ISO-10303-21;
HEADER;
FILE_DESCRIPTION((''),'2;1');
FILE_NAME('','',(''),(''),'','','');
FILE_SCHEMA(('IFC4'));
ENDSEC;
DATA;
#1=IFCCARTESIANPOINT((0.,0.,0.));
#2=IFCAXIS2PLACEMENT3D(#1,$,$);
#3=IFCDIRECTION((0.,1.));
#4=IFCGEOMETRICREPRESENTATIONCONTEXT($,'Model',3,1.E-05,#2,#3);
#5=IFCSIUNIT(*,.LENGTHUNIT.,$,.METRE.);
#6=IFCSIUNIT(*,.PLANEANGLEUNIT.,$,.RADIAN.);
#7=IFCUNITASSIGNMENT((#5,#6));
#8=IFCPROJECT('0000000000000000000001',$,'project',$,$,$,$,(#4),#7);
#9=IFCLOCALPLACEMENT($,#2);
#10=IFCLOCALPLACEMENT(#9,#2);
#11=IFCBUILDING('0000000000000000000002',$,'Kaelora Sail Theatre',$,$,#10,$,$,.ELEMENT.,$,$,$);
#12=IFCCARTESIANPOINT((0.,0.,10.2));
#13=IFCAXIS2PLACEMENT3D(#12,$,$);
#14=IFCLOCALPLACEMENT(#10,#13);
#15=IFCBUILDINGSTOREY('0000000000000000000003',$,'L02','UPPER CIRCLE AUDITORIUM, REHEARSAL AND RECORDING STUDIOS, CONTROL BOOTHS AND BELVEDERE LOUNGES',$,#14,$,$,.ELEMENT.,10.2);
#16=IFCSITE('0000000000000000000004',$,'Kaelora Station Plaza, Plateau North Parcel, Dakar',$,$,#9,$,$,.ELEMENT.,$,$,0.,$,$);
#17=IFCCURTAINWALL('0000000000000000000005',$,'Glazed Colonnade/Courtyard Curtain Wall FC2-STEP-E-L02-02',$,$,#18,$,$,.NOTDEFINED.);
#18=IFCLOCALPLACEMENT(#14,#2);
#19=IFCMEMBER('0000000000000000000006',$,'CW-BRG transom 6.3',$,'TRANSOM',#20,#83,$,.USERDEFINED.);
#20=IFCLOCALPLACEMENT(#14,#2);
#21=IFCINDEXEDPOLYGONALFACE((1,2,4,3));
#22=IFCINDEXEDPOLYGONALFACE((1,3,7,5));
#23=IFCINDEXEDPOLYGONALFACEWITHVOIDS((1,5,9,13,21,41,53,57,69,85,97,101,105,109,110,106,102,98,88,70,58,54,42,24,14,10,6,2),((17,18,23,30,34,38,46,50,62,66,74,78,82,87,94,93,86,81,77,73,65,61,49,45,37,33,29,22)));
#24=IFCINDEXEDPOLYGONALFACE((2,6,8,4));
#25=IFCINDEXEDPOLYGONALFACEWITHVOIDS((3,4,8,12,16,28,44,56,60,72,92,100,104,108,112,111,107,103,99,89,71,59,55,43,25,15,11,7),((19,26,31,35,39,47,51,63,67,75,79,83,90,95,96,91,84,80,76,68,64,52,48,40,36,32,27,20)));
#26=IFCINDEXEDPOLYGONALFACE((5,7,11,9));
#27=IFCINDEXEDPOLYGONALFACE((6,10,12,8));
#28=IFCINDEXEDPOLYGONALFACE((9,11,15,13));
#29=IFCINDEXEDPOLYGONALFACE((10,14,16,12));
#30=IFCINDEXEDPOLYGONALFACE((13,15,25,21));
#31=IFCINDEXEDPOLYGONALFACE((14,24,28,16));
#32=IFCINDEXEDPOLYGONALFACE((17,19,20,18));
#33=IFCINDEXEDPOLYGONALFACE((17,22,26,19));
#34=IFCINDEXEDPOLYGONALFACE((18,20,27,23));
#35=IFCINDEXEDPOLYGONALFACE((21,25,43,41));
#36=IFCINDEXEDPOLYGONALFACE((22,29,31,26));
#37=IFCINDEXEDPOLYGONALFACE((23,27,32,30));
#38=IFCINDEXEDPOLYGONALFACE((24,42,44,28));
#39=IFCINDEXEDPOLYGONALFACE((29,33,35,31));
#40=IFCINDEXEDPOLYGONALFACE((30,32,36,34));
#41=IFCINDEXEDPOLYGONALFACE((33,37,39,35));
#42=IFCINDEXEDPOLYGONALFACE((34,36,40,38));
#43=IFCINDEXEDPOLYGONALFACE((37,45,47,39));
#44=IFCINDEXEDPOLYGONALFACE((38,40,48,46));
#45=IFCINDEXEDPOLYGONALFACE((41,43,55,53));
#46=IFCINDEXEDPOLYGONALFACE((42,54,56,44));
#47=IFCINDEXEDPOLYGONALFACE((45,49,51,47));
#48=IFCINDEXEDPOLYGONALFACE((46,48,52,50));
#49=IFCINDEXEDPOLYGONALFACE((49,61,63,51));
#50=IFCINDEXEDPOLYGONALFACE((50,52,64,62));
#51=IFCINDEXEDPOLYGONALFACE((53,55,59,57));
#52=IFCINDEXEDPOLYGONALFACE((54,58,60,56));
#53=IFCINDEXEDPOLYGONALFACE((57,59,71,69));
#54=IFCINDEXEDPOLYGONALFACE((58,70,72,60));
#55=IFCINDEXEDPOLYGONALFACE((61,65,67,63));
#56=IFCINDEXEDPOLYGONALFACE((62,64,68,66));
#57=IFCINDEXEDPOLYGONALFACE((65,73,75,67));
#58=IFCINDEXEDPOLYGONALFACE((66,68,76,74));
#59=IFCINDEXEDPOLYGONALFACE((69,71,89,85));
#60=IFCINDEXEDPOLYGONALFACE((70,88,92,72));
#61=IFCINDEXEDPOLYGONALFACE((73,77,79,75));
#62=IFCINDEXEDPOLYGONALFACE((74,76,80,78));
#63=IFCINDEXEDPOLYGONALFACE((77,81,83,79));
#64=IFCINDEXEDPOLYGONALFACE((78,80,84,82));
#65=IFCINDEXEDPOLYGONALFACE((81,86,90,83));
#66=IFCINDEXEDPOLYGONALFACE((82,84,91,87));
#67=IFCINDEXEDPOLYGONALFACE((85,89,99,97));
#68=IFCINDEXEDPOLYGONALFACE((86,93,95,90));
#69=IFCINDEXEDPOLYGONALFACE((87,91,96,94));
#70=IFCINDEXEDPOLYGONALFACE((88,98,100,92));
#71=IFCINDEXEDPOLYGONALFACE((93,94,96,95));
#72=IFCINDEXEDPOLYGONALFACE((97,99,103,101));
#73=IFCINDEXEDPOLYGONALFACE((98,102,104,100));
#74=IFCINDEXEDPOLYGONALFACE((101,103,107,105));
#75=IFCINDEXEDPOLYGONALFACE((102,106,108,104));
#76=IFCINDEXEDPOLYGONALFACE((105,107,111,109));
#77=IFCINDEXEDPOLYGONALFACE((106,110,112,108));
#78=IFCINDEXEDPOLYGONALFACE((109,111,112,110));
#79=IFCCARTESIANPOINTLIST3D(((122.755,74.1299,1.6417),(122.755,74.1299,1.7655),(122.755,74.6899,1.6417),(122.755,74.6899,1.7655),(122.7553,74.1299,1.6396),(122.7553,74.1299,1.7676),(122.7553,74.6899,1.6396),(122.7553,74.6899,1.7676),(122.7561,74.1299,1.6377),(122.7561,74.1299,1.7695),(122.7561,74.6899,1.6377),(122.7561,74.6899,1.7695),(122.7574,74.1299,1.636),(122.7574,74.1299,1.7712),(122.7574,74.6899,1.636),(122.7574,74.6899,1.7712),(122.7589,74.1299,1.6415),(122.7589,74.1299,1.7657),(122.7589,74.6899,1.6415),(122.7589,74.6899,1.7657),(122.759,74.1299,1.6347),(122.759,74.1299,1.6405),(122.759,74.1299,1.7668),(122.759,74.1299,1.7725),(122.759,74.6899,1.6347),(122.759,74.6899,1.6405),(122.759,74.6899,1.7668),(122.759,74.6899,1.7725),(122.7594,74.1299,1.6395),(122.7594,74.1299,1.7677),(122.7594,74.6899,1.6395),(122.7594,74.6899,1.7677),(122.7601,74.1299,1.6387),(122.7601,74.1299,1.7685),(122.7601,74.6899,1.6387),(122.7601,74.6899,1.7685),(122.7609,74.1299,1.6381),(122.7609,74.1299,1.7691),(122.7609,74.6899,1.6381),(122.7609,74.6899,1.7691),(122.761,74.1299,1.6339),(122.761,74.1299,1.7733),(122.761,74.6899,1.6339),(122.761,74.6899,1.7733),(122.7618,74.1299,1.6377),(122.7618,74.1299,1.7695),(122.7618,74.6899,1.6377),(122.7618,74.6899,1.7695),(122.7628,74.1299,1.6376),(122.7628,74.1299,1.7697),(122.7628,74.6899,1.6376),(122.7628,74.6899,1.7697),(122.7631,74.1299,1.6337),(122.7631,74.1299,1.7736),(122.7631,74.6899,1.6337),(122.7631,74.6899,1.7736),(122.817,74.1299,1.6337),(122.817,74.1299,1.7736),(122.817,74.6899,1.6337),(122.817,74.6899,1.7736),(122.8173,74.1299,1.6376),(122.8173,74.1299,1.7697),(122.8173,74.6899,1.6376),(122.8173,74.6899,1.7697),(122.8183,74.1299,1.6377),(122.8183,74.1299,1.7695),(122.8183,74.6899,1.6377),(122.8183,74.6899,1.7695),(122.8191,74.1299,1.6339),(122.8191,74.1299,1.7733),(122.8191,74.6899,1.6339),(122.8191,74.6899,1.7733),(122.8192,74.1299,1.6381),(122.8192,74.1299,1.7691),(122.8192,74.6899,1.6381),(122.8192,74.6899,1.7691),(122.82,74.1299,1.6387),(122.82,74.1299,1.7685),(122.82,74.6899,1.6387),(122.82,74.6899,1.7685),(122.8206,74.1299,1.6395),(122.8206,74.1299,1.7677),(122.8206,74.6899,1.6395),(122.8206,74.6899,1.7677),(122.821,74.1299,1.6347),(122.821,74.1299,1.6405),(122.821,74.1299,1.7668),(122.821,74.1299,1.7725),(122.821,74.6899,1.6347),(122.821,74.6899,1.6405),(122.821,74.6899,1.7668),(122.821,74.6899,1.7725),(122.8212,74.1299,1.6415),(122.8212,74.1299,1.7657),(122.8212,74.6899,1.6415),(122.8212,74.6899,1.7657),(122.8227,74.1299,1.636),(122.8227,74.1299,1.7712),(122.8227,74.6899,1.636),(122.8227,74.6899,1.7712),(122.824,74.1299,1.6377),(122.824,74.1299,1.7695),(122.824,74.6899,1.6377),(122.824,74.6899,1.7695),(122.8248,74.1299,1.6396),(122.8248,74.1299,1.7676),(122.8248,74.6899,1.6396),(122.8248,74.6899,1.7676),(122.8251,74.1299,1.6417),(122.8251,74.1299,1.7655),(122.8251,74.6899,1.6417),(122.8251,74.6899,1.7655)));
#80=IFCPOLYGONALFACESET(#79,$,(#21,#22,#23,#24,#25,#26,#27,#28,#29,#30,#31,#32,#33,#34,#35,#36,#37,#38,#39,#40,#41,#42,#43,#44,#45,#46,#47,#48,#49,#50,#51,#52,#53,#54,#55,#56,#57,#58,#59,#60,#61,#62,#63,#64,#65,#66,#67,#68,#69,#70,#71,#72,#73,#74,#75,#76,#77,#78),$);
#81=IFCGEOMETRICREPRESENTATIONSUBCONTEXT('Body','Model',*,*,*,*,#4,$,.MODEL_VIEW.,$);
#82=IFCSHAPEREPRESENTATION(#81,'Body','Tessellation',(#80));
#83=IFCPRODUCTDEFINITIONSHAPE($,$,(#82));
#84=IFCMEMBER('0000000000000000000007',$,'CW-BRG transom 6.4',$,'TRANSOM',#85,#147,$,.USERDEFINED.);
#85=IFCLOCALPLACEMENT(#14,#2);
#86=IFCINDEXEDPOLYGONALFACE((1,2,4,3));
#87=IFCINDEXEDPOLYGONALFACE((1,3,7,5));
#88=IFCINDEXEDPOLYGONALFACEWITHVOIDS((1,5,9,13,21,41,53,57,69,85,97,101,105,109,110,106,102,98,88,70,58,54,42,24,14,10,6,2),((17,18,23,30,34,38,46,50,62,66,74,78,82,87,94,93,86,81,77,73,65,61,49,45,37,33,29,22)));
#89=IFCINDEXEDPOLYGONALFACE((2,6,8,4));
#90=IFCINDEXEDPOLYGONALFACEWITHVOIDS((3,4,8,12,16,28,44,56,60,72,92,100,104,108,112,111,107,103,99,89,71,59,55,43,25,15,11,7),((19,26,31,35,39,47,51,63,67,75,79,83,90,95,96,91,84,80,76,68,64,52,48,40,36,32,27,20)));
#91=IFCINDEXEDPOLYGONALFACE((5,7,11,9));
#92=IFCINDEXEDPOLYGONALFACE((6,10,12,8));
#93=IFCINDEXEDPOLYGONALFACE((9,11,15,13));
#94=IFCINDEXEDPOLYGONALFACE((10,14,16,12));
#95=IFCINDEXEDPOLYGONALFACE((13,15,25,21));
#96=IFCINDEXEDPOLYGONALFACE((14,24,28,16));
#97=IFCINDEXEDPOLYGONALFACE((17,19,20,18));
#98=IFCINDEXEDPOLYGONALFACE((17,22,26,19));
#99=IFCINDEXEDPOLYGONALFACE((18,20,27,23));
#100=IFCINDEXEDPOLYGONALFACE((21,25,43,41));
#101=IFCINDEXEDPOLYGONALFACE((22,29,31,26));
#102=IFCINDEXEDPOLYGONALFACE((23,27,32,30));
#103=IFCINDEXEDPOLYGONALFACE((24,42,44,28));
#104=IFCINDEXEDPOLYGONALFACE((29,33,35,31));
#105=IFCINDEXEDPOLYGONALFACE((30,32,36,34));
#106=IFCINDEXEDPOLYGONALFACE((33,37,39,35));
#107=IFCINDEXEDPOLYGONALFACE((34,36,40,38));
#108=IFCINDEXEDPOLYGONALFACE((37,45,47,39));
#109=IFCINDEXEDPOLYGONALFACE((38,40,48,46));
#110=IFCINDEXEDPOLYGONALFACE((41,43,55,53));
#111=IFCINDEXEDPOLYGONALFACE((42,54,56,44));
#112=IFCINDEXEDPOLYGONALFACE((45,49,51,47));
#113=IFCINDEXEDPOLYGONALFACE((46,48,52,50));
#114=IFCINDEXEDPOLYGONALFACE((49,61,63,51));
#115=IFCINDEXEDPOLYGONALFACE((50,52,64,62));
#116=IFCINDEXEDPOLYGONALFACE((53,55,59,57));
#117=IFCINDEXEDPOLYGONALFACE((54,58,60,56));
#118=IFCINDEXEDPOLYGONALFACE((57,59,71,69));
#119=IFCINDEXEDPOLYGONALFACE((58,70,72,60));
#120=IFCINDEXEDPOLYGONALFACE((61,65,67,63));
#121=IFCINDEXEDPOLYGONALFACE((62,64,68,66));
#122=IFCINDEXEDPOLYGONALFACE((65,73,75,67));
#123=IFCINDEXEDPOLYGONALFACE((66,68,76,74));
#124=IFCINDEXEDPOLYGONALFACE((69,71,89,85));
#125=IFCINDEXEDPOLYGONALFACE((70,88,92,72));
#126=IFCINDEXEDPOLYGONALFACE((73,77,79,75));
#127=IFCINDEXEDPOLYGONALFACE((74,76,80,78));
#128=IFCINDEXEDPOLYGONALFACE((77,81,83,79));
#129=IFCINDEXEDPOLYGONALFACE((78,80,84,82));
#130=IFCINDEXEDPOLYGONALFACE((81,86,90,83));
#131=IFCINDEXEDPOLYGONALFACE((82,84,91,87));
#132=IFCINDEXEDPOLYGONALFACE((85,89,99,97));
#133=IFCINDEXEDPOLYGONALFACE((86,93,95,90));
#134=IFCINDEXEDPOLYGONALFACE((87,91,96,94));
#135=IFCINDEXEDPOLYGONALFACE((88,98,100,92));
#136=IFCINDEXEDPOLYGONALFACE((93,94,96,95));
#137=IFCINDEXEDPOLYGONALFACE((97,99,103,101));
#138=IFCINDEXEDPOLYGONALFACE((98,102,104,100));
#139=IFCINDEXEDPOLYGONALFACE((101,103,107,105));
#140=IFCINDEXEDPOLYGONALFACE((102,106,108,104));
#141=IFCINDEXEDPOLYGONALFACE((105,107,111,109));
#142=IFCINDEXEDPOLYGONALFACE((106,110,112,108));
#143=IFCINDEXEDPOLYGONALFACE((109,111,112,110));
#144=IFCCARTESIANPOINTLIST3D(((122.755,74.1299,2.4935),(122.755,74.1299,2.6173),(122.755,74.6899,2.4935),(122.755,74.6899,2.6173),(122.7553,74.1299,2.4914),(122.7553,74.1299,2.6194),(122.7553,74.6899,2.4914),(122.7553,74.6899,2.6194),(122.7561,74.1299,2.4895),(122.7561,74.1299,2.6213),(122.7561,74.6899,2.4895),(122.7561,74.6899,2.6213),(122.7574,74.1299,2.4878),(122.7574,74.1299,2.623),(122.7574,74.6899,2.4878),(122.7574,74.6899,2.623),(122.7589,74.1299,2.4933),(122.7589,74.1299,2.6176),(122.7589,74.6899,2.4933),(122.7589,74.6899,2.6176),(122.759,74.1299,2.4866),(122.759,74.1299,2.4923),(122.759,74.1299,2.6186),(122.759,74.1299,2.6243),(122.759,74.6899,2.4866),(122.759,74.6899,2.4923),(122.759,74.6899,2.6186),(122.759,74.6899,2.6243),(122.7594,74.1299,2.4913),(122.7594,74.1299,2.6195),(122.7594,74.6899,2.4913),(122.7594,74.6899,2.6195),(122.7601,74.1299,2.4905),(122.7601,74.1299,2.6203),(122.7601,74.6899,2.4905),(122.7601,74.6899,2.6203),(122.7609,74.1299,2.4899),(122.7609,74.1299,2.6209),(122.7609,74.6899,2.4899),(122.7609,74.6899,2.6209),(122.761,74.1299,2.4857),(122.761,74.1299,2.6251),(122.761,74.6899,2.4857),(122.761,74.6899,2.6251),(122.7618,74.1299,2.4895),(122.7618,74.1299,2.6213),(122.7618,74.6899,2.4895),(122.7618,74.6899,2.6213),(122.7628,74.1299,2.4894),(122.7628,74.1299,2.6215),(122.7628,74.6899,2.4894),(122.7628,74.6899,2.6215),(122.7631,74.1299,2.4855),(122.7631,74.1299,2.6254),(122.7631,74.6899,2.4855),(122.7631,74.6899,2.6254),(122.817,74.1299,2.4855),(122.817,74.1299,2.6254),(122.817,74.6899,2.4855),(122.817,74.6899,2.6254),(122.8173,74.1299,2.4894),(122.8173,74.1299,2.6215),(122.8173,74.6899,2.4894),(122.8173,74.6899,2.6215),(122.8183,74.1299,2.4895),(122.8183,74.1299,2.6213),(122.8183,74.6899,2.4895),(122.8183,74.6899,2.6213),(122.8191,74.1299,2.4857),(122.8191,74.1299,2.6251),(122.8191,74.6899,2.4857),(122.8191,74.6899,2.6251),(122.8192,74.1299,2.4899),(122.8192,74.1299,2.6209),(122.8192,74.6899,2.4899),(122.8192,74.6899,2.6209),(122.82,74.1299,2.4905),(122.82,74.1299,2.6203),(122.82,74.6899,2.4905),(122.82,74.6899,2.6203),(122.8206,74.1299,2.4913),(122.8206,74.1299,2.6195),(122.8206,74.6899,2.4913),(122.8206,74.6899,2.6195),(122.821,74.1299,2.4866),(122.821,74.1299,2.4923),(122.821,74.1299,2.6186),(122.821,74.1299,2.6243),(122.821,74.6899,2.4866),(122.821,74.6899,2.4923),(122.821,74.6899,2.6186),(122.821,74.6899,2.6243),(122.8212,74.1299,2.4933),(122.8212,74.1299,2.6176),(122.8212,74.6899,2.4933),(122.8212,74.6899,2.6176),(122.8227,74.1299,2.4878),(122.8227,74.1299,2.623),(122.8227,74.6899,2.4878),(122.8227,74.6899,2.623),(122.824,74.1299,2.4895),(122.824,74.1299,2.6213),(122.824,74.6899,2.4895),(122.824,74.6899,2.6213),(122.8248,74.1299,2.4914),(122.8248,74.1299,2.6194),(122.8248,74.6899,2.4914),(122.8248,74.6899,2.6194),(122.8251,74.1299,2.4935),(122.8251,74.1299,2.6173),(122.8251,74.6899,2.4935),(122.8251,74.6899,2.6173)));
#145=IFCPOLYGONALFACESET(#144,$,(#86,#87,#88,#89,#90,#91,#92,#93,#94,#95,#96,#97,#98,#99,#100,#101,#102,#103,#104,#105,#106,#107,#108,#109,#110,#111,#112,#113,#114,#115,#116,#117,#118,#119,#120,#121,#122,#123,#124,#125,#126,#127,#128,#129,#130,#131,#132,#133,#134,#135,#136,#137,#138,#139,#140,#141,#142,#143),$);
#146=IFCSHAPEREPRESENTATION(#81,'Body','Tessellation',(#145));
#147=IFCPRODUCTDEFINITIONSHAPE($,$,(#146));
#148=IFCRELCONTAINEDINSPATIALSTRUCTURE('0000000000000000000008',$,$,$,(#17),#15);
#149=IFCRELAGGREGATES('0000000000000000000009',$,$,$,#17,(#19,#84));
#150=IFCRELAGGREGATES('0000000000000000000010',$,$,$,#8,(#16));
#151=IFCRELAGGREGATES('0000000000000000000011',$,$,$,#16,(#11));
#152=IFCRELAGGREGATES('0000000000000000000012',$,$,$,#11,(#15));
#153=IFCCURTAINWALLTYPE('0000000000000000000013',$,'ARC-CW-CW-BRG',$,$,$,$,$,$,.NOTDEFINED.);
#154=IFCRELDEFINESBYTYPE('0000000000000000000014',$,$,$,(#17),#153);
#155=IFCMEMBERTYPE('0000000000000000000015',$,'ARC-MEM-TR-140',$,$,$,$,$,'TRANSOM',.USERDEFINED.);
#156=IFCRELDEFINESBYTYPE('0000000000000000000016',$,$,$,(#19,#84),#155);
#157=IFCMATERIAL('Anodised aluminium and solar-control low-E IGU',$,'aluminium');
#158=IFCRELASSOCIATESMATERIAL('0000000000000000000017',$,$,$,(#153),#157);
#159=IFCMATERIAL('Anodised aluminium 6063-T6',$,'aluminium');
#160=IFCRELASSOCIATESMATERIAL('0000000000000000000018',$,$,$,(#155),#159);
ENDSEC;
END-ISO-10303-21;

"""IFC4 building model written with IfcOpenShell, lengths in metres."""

from ifc_helpers import new_model, si_unit, direction, frame, origin, origin_2d, place, context, subcontext, project, spatial, hollow_rectangle, extrude, material, material_profile, profile_set, type_object, element, aggregate, save


model = new_model("IFC4")

# Units and contexts
model_context = context("Model", 3, precision=1e-05, world=origin(), true_north=direction((0.0, 1.0)))
body_context = subcontext(model_context, "Body", "Model", "MODEL_VIEW")
ifc_project = project(units=[si_unit("LENGTHUNIT", "METRE"), si_unit("PLANEANGLEUNIT", "RADIAN")], contexts=[model_context])

# Site, building, storey
site_placement = place(None, origin())
site = spatial("IfcSite", under=ifc_project, at=site_placement, Name="Kaelora Station Plaza, Plateau North Parcel, Dakar", CompositionType="ELEMENT", RefElevation=0.0)
building_placement = place(site_placement, origin())
building = spatial("IfcBuilding", under=site, at=building_placement, Name="Kaelora Sail Theatre", CompositionType="ELEMENT")
storey_placement = place(building_placement, frame((0.0, 0.0, 10.2)))
storey = spatial("IfcBuildingStorey", under=building, at=storey_placement, Name="L02", Description="UPPER CIRCLE AUDITORIUM, REHEARSAL AND RECORDING STUDIOS, CONTROL BOOTHS AND BELVEDERE LOUNGES", CompositionType="ELEMENT", Elevation=10.2)

# Curtain wall
ifc_material_1 = material(Name="Anodised aluminium and solar-control low-E IGU", Category="aluminium")
curtain_wall_type = type_object("IfcCurtainWallType", Name="ARC-CW-CW-BRG", PredefinedType="NOTDEFINED", material=ifc_material_1)
curtain_wall_1_placement = place(storey_placement, origin())
curtain_wall_1 = element("IfcCurtainWall", 1, at=curtain_wall_1_placement, inside=storey, type_object=curtain_wall_type, Name="Glazed Colonnade/Courtyard Curtain Wall FC2-STEP-E-L02-02", PredefinedType="NOTDEFINED")

# Members
ifc_material_2 = material(Name="Anodised aluminium 6063-T6", Category="aluminium")
ifc_material_profile_1 = material_profile(ifc_material_2, hollow_rectangle(XDim=0.0701, YDim=0.1399, WallThickness=0.0039, InnerFilletRadius=0.0039, OuterFilletRadius=0.0081, at=origin_2d()), Name="ALU-TRAN 70x140x4")
ifc_profile_set_1 = profile_set([ifc_material_profile_1], Name="Anodised aluminium 6063-T6")
member_type_1 = type_object("IfcMemberType", Name="ARC-MEM-TR-140", ElementType="TRANSOM", PredefinedType="USERDEFINED", material=ifc_profile_set_1)
member_1_placement = place(storey_placement, frame((122.79, 74.1299, 1.7036), z_axis=(0.0, 1.0, 0.0), x_axis=(-1.0, 0.0, 0.0)))
member_1 = element("IfcMember", 2, at=member_1_placement, type_object=member_type_1, Name="CW-BRG transom 6.3", ObjectType="TRANSOM", PredefinedType="USERDEFINED", context=body_context, shape_type="SweptSolid", body=[
    extrude(hollow_rectangle(XDim=0.0701, YDim=0.1399, WallThickness=0.0039, InnerFilletRadius=0.0039, OuterFilletRadius=0.0081, at=origin_2d()), origin(), (0.0, 0.0, 1.0), 0.5601),
])
member_2_placement = place(storey_placement, frame((122.79, 74.1299, 2.5554), z_axis=(0.0, 1.0, 0.0), x_axis=(-1.0, 0.0, 0.0)))
member_2 = element("IfcMember", 3, at=member_2_placement, type_object=member_type_1, Name="CW-BRG transom 6.4", ObjectType="TRANSOM", PredefinedType="USERDEFINED", context=body_context, shape_type="SweptSolid", body=[
    extrude(hollow_rectangle(XDim=0.0701, YDim=0.1399, WallThickness=0.0039, InnerFilletRadius=0.0039, OuterFilletRadius=0.0081, at=origin_2d()), origin(), (0.0, 0.0, 1.0), 0.5601),
])

aggregate(curtain_wall_1, [member_1, member_2])

save(model, "model.ifc")
